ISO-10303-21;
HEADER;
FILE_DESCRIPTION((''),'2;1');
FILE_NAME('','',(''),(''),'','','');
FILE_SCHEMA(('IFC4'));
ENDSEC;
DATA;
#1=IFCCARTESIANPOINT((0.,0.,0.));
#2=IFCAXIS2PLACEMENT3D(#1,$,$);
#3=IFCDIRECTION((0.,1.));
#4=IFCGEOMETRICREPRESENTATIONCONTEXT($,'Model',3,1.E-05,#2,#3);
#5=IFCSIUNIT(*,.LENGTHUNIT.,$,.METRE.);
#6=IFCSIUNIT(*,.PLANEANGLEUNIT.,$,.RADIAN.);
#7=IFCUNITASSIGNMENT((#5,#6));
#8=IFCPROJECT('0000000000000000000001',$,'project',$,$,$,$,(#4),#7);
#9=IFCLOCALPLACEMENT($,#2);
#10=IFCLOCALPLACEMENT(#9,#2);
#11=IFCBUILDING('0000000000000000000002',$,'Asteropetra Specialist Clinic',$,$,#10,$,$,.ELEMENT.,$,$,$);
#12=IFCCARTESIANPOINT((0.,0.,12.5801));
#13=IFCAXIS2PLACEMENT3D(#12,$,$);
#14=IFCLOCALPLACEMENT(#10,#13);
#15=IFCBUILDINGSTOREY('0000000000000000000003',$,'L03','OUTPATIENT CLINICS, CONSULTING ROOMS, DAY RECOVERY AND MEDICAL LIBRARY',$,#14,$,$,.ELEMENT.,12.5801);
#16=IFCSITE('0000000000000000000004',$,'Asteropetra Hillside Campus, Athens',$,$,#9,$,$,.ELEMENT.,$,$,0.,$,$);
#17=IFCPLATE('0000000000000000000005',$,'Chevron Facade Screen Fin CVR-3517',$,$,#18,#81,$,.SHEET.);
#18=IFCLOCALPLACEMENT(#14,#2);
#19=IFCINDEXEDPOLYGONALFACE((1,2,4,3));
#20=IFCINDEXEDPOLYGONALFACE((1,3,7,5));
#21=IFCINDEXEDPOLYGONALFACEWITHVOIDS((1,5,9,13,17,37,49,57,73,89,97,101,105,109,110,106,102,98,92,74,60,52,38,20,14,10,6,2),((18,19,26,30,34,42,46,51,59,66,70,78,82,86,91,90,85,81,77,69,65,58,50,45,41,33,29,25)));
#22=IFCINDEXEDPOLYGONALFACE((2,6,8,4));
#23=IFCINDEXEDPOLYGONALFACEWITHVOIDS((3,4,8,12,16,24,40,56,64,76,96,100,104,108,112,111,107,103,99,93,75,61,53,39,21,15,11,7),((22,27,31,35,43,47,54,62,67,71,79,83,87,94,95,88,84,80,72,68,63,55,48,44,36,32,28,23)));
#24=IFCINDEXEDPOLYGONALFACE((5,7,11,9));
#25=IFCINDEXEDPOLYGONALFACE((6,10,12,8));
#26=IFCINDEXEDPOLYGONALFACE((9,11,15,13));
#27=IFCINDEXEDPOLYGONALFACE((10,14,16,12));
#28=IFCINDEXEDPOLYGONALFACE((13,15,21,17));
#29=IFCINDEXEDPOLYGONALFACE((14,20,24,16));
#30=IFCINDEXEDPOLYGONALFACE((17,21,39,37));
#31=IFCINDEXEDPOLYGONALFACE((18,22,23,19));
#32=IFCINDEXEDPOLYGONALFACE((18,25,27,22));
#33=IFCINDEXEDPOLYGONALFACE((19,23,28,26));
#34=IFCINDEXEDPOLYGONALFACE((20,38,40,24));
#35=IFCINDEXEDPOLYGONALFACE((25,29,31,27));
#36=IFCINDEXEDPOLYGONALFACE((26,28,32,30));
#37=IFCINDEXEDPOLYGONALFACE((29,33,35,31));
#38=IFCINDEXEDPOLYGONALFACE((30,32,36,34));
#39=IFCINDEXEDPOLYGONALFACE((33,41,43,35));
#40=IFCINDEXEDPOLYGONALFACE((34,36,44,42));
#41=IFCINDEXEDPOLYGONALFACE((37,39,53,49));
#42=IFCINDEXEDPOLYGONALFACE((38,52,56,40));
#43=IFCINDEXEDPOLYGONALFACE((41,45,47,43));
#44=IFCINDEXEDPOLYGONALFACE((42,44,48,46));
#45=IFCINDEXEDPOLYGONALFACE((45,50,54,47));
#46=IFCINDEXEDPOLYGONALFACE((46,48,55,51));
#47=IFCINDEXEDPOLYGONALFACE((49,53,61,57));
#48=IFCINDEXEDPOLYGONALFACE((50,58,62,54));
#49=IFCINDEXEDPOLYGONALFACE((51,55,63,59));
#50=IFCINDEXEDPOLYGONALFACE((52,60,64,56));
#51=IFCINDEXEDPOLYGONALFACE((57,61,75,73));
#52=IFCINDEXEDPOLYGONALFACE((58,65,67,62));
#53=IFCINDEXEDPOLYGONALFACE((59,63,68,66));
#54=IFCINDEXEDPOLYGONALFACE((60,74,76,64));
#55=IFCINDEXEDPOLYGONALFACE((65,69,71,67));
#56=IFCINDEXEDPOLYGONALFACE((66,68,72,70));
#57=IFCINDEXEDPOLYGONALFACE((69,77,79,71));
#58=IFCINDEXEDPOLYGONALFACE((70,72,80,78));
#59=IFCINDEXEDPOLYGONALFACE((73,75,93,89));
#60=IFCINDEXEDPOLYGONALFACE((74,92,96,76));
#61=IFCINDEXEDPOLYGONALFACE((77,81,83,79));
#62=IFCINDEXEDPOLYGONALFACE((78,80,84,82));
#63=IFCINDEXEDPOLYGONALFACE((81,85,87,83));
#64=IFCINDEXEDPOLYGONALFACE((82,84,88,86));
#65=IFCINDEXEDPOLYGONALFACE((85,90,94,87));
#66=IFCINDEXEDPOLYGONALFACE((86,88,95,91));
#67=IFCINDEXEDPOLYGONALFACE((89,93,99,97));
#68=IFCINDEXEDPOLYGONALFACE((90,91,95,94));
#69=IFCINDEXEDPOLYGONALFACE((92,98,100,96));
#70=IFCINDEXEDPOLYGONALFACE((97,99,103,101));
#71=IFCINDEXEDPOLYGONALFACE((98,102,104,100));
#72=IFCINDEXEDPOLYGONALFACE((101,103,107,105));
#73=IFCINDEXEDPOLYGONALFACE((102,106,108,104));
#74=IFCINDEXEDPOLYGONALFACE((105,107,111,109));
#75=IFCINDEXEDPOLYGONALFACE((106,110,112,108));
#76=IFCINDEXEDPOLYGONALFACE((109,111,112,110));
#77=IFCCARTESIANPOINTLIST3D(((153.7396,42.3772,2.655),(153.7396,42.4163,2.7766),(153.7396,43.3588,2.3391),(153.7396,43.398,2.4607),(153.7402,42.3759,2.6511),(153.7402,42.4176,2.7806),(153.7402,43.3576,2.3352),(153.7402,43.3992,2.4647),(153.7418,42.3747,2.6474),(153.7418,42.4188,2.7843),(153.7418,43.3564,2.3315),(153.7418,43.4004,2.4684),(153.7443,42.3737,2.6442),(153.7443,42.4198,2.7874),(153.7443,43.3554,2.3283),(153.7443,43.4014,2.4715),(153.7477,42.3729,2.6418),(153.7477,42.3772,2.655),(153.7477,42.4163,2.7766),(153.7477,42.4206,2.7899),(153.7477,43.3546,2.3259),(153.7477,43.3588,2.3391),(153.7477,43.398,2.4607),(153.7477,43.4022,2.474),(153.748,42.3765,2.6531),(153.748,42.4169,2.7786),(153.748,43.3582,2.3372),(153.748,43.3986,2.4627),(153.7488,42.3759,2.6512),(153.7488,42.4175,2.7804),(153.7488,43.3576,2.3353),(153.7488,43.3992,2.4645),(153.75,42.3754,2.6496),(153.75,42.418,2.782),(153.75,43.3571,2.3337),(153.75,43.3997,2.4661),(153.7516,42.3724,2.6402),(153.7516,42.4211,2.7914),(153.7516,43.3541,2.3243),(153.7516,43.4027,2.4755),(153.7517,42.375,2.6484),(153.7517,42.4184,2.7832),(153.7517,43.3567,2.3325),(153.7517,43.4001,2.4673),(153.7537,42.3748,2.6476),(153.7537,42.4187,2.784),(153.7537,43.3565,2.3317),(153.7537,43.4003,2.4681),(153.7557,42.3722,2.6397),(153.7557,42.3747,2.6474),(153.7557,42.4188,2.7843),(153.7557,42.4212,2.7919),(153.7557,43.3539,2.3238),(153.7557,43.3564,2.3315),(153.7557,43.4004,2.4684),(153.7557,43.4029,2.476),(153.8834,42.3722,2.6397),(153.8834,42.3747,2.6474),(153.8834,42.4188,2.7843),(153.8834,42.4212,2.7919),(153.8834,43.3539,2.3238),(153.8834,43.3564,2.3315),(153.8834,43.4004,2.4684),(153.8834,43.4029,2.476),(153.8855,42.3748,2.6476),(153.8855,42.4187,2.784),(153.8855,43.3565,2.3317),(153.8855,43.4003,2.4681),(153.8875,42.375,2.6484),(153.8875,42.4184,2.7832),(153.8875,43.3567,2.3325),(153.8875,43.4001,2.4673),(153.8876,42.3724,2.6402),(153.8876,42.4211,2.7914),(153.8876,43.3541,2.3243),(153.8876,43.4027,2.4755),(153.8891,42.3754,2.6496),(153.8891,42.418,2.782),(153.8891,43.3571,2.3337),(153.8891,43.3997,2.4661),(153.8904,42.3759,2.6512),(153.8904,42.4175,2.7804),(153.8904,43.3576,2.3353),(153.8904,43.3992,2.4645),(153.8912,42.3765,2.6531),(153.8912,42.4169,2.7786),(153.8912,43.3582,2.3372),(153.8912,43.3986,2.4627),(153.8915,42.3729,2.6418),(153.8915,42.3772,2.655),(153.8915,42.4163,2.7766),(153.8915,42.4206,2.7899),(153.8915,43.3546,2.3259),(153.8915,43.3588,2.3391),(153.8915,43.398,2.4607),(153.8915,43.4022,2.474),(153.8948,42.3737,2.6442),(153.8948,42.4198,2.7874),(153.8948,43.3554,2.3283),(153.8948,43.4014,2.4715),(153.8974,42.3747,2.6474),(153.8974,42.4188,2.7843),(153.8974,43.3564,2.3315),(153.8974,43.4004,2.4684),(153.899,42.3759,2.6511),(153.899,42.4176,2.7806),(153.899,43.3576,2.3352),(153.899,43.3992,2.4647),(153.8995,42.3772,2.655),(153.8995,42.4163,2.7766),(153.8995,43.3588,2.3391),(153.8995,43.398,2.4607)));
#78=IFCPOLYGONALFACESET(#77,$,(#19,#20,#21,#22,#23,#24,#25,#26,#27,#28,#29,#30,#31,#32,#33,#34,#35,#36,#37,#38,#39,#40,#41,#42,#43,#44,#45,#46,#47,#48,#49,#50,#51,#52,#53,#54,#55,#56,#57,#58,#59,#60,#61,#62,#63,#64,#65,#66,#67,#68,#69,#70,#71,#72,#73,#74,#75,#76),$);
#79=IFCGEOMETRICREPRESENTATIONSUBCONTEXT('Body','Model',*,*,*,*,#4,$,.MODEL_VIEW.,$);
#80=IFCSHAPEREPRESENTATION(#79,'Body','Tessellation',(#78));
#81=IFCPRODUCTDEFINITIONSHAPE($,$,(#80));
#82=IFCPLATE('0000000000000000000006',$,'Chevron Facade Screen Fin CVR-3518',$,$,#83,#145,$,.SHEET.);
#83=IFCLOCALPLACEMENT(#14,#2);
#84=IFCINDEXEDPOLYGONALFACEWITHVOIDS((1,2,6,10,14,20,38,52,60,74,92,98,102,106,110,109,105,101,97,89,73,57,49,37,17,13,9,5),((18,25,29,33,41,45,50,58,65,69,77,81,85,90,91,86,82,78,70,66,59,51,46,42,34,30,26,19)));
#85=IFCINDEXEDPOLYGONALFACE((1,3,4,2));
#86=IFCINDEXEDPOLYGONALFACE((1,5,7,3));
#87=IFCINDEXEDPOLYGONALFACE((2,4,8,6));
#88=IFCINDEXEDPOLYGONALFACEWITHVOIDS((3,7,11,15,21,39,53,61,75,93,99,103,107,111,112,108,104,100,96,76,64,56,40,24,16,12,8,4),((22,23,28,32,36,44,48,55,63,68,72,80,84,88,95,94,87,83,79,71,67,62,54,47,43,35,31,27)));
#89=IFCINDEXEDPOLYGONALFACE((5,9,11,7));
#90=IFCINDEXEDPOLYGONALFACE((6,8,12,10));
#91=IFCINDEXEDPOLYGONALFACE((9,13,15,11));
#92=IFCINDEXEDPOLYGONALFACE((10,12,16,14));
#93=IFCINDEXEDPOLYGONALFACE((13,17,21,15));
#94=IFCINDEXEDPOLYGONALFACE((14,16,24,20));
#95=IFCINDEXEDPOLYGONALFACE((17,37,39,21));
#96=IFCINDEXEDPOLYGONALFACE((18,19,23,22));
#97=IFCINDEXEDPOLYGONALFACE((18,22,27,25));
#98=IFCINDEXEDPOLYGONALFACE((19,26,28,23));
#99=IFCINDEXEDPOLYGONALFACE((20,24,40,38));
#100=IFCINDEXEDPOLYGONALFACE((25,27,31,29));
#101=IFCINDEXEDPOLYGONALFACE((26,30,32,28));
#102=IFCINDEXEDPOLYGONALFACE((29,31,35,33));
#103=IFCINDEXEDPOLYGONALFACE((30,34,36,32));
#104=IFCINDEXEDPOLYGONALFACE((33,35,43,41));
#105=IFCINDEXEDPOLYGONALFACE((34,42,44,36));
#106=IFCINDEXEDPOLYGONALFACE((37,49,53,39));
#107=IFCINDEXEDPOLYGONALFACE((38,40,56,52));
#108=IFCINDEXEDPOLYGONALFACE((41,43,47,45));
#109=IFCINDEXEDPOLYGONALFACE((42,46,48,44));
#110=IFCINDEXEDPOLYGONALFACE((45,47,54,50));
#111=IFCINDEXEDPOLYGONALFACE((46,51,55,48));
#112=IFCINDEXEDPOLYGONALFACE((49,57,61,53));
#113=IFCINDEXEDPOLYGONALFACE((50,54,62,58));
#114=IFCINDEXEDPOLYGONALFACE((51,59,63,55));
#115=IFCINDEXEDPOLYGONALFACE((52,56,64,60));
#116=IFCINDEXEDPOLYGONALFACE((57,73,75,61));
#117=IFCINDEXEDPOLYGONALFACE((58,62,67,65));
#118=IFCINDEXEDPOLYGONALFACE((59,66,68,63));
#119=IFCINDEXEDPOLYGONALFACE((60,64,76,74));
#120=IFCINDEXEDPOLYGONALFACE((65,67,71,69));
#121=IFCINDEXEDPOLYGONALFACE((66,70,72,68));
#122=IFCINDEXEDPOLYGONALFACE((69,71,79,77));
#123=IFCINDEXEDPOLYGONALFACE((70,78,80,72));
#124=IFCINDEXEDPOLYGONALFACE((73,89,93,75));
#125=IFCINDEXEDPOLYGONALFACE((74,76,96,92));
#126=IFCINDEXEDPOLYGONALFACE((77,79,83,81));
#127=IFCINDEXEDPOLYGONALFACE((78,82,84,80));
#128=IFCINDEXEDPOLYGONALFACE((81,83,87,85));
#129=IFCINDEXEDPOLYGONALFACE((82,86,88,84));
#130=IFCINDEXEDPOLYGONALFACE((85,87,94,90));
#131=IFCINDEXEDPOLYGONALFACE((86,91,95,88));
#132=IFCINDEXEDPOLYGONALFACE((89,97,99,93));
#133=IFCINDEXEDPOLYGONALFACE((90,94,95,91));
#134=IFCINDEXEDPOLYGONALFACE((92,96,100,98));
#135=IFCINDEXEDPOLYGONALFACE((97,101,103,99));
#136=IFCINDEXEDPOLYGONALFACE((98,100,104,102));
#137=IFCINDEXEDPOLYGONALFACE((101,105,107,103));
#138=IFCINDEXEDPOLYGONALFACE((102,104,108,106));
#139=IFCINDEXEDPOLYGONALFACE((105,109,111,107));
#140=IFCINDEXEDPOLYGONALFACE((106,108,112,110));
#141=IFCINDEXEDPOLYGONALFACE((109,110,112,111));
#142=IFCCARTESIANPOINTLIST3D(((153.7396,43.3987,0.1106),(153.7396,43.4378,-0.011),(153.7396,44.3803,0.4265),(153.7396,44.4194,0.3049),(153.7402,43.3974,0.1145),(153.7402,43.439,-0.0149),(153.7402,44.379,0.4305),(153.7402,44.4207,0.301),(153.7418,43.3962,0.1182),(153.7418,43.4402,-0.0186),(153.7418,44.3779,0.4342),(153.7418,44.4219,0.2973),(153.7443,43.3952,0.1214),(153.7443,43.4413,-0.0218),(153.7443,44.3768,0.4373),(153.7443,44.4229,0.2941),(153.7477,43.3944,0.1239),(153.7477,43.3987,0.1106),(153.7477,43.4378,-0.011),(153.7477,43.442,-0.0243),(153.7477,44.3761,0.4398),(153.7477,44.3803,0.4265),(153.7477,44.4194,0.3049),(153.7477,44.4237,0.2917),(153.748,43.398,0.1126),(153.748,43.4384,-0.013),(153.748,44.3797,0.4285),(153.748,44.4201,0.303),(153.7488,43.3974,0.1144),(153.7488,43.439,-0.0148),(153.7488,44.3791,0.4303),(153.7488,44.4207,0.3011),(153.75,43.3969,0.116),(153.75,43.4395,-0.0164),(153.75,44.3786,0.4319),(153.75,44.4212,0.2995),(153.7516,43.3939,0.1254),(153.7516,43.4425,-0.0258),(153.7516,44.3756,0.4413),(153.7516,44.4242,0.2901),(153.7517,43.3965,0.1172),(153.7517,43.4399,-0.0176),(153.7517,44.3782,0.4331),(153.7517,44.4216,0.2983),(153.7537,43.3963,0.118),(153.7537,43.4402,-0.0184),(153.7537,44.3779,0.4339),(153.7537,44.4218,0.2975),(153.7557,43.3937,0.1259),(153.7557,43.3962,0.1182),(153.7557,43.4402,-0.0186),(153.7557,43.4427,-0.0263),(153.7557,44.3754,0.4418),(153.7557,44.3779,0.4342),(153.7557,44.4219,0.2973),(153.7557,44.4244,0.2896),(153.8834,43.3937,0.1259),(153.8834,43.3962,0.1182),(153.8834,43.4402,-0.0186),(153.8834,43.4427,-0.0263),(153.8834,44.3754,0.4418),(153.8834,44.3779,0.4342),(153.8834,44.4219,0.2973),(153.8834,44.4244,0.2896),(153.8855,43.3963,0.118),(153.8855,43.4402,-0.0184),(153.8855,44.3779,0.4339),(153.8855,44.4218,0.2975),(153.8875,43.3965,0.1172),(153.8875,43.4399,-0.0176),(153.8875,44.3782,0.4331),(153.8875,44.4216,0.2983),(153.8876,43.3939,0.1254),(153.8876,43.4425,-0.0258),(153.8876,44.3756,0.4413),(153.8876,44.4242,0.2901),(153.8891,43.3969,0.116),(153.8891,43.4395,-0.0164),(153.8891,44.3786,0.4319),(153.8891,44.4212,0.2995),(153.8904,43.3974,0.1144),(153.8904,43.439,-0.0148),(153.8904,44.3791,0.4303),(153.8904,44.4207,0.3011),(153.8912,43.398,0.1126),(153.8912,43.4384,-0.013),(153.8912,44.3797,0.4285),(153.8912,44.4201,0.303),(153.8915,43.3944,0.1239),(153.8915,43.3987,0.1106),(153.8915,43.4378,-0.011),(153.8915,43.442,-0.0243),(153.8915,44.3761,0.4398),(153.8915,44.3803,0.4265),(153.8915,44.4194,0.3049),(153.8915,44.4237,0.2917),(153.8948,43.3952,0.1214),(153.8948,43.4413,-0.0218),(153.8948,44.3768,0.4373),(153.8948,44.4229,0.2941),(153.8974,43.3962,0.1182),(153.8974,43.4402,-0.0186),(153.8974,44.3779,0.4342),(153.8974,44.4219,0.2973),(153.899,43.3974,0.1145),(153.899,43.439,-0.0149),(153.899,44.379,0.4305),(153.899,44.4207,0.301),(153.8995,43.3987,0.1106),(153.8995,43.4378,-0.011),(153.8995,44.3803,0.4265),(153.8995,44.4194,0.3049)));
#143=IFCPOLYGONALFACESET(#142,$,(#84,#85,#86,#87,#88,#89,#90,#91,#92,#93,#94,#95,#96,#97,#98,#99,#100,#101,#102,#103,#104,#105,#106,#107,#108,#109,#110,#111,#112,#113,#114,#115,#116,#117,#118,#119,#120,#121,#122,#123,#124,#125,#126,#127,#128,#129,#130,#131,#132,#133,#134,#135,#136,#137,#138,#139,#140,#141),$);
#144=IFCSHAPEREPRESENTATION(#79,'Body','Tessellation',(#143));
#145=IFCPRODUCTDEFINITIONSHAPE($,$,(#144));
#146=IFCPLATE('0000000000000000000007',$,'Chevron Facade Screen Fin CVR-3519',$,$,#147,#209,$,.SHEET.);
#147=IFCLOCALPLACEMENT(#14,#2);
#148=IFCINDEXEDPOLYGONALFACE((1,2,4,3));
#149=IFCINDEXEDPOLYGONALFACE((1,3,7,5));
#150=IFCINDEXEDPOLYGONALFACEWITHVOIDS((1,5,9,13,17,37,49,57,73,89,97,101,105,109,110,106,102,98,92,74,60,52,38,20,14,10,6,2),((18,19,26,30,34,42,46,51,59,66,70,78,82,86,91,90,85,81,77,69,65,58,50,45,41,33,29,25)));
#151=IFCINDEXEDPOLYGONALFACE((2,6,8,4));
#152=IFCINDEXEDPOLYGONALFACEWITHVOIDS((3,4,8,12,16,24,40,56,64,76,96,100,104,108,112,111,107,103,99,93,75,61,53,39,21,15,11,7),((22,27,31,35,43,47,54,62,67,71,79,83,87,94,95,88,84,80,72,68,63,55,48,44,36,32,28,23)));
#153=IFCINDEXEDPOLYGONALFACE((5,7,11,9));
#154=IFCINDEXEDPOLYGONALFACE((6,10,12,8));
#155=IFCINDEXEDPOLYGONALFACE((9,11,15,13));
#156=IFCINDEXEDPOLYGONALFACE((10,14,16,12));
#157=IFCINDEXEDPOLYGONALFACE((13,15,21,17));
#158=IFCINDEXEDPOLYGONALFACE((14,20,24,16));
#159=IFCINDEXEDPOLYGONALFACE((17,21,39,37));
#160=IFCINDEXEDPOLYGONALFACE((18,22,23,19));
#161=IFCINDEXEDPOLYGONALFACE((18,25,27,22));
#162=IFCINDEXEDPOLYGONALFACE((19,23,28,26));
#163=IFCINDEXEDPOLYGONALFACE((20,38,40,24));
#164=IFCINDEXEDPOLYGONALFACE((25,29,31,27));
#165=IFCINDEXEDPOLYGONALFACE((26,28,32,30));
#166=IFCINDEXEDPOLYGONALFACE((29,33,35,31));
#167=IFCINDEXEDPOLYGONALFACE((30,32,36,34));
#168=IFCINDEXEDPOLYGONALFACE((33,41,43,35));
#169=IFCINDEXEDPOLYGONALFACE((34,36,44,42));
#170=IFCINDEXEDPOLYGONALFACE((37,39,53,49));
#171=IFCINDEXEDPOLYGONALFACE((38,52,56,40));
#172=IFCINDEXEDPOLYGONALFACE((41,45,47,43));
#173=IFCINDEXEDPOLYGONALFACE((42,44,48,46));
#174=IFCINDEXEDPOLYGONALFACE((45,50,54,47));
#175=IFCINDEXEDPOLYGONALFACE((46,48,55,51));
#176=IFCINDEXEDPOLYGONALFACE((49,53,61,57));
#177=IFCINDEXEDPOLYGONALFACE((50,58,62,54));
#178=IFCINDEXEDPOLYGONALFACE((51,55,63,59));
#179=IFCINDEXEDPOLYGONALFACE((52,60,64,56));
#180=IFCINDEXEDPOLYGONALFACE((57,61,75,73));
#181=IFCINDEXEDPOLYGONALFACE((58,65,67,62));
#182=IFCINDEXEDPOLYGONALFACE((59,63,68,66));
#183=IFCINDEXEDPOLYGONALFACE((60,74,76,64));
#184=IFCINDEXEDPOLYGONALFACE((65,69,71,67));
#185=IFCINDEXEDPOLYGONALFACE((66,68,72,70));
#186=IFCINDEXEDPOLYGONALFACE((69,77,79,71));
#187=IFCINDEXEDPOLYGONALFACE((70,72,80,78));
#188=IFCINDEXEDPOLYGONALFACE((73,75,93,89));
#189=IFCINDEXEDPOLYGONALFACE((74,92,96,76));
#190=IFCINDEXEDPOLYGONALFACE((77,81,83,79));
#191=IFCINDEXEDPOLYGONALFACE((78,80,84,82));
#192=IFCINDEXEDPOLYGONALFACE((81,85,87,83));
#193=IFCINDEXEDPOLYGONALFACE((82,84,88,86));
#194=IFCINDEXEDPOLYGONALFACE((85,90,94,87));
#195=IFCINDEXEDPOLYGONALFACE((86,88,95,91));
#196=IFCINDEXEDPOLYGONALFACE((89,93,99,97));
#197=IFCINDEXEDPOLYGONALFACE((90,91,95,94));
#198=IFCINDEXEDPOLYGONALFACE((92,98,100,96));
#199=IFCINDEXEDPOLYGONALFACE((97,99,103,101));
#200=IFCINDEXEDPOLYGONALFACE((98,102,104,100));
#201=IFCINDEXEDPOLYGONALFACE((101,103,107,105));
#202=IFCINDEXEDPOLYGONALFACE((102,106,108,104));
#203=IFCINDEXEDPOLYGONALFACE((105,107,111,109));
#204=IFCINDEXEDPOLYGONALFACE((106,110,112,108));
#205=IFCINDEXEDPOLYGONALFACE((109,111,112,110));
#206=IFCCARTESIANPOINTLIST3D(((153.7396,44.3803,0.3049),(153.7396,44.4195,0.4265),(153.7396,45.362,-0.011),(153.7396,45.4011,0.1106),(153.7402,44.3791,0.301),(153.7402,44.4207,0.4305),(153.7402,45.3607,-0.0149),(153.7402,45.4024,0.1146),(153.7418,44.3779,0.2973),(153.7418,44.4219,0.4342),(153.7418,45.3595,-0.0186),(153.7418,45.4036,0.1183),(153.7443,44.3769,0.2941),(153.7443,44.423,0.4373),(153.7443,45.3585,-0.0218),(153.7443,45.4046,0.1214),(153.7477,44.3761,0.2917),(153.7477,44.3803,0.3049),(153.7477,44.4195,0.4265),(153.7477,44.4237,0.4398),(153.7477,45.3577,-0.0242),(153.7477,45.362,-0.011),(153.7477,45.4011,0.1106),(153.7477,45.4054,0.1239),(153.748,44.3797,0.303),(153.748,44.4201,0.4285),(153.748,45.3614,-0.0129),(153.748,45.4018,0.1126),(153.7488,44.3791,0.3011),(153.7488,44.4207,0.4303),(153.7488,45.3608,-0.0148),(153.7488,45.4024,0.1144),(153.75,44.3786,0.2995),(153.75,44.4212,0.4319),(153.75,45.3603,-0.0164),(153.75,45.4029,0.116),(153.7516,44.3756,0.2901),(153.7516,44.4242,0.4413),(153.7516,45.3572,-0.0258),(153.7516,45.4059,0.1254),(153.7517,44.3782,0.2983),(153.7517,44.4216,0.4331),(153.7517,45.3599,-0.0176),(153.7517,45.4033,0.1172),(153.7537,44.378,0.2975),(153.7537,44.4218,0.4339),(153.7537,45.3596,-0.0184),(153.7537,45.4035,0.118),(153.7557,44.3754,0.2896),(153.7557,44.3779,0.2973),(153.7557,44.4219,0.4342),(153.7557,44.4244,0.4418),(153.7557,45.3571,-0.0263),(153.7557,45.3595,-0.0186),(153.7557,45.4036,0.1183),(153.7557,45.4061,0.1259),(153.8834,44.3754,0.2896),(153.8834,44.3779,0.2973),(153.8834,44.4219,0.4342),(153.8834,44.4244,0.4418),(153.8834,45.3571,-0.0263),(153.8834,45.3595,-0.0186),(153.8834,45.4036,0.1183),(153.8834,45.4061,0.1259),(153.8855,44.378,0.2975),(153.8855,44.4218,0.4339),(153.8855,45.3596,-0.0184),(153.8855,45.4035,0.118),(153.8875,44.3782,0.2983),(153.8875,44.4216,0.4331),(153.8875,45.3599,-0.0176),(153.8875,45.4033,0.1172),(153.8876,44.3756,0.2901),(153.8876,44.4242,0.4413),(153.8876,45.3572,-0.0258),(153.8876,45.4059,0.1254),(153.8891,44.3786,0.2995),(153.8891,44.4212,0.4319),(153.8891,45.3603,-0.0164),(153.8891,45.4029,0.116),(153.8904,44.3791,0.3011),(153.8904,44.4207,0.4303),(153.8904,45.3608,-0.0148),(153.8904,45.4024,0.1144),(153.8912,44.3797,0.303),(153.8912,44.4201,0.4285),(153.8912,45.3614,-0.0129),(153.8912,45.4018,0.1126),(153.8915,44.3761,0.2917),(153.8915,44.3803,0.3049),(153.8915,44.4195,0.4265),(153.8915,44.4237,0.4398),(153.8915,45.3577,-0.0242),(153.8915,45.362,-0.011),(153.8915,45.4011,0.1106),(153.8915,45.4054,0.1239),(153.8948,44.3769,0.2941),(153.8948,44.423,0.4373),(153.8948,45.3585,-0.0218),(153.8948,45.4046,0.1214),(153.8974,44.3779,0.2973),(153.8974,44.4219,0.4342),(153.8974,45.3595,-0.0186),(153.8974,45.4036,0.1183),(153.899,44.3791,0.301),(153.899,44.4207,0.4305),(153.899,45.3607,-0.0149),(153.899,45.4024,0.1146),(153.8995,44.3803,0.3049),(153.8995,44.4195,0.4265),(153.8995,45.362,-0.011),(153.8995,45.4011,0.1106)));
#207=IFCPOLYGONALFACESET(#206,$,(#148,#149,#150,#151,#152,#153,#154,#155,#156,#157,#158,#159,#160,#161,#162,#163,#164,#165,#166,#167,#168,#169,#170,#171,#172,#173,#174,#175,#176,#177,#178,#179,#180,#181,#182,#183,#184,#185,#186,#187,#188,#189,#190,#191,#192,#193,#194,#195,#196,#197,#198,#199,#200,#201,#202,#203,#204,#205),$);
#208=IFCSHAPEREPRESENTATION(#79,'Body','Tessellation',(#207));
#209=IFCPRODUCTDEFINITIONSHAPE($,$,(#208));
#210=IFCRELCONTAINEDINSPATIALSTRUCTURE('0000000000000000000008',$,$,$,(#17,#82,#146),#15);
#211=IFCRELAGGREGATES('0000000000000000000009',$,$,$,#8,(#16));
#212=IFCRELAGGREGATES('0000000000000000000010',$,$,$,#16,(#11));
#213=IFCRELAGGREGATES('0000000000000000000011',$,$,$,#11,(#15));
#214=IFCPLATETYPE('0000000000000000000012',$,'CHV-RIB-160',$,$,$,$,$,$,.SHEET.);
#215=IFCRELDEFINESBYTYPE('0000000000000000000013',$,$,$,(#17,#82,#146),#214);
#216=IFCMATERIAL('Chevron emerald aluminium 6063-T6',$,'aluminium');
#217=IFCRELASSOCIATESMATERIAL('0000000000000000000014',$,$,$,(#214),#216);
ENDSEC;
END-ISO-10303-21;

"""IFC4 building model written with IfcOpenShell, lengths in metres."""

from ifc_helpers import new_model, si_unit, direction, frame, origin, origin_2d, place, context, subcontext, project, spatial, hollow_rectangle, extrude, material, material_profile, profile_set, type_object, element, save


model = new_model("IFC4")

# Units and contexts
model_context = context("Model", 3, precision=1e-05, world=origin(), true_north=direction((0.0, 1.0)))
body_context = subcontext(model_context, "Body", "Model", "MODEL_VIEW")
ifc_project = project(units=[si_unit("LENGTHUNIT", "METRE"), si_unit("PLANEANGLEUNIT", "RADIAN")], contexts=[model_context])

# Site, building, storey
site_placement = place(None, origin())
site = spatial("IfcSite", under=ifc_project, at=site_placement, Name="Asteropetra Hillside Campus, Athens", CompositionType="ELEMENT", RefElevation=0.0)
building_placement = place(site_placement, origin())
building = spatial("IfcBuilding", under=site, at=building_placement, Name="Asteropetra Specialist Clinic", CompositionType="ELEMENT")
storey_placement = place(building_placement, frame((0.0, 0.0, 12.5801)))
storey = spatial("IfcBuildingStorey", under=building, at=storey_placement, Name="L03", Description="OUTPATIENT CLINICS, CONSULTING ROOMS, DAY RECOVERY AND MEDICAL LIBRARY", CompositionType="ELEMENT", Elevation=12.5801)

# Plates
ifc_material_1 = material(Name="Chevron emerald aluminium 6063-T6", Category="aluminium")
ifc_material_profile = material_profile(ifc_material_1, hollow_rectangle(XDim=0.1599, YDim=0.1599, WallThickness=0.0081, InnerFilletRadius=0.0081, OuterFilletRadius=0.0161, at=origin_2d()), Name="SHS 160x160x8.0")
ifc_profile_set = profile_set([ifc_material_profile], Name="Chevron emerald aluminium 6063-T6")
plate_type_1 = type_object("IfcPlateType", Name="CHV-RIB-160", PredefinedType="SHEET", material=ifc_profile_set)
for number, where, z_axis, x_axis, name in (
    (1, (153.8196, 42.3967, 2.7158), (0.0, 0.951923, -0.306339), (-1.0, 0.0, 0.0), "Chevron Facade Screen Fin CVR-3517"),
    (2, (153.8196, 43.4182, 0.0498), (0.0, 0.951923, 0.306339), (-1.0, 0.0, 0.0), "Chevron Facade Screen Fin CVR-3518"),
    (3, (153.8196, 44.3999, 0.3657), (0.0, 0.951923, -0.306339), (-1.0, 0.0, 0.0), "Chevron Facade Screen Fin CVR-3519"),
):
    element("IfcPlate", number, at=place(storey_placement, frame(where, z_axis=z_axis, x_axis=x_axis)), inside=storey, type_object=plate_type_1, Name=name, PredefinedType="SHEET", context=body_context, shape_type="SweptSolid", body=[
        extrude(hollow_rectangle(XDim=0.1599, YDim=0.1599, WallThickness=0.0081, InnerFilletRadius=0.0081, OuterFilletRadius=0.0161, at=origin_2d()), origin(), (0.0, 0.0, 1.0), 1.0312),
    ])

save(model, "model.ifc")
